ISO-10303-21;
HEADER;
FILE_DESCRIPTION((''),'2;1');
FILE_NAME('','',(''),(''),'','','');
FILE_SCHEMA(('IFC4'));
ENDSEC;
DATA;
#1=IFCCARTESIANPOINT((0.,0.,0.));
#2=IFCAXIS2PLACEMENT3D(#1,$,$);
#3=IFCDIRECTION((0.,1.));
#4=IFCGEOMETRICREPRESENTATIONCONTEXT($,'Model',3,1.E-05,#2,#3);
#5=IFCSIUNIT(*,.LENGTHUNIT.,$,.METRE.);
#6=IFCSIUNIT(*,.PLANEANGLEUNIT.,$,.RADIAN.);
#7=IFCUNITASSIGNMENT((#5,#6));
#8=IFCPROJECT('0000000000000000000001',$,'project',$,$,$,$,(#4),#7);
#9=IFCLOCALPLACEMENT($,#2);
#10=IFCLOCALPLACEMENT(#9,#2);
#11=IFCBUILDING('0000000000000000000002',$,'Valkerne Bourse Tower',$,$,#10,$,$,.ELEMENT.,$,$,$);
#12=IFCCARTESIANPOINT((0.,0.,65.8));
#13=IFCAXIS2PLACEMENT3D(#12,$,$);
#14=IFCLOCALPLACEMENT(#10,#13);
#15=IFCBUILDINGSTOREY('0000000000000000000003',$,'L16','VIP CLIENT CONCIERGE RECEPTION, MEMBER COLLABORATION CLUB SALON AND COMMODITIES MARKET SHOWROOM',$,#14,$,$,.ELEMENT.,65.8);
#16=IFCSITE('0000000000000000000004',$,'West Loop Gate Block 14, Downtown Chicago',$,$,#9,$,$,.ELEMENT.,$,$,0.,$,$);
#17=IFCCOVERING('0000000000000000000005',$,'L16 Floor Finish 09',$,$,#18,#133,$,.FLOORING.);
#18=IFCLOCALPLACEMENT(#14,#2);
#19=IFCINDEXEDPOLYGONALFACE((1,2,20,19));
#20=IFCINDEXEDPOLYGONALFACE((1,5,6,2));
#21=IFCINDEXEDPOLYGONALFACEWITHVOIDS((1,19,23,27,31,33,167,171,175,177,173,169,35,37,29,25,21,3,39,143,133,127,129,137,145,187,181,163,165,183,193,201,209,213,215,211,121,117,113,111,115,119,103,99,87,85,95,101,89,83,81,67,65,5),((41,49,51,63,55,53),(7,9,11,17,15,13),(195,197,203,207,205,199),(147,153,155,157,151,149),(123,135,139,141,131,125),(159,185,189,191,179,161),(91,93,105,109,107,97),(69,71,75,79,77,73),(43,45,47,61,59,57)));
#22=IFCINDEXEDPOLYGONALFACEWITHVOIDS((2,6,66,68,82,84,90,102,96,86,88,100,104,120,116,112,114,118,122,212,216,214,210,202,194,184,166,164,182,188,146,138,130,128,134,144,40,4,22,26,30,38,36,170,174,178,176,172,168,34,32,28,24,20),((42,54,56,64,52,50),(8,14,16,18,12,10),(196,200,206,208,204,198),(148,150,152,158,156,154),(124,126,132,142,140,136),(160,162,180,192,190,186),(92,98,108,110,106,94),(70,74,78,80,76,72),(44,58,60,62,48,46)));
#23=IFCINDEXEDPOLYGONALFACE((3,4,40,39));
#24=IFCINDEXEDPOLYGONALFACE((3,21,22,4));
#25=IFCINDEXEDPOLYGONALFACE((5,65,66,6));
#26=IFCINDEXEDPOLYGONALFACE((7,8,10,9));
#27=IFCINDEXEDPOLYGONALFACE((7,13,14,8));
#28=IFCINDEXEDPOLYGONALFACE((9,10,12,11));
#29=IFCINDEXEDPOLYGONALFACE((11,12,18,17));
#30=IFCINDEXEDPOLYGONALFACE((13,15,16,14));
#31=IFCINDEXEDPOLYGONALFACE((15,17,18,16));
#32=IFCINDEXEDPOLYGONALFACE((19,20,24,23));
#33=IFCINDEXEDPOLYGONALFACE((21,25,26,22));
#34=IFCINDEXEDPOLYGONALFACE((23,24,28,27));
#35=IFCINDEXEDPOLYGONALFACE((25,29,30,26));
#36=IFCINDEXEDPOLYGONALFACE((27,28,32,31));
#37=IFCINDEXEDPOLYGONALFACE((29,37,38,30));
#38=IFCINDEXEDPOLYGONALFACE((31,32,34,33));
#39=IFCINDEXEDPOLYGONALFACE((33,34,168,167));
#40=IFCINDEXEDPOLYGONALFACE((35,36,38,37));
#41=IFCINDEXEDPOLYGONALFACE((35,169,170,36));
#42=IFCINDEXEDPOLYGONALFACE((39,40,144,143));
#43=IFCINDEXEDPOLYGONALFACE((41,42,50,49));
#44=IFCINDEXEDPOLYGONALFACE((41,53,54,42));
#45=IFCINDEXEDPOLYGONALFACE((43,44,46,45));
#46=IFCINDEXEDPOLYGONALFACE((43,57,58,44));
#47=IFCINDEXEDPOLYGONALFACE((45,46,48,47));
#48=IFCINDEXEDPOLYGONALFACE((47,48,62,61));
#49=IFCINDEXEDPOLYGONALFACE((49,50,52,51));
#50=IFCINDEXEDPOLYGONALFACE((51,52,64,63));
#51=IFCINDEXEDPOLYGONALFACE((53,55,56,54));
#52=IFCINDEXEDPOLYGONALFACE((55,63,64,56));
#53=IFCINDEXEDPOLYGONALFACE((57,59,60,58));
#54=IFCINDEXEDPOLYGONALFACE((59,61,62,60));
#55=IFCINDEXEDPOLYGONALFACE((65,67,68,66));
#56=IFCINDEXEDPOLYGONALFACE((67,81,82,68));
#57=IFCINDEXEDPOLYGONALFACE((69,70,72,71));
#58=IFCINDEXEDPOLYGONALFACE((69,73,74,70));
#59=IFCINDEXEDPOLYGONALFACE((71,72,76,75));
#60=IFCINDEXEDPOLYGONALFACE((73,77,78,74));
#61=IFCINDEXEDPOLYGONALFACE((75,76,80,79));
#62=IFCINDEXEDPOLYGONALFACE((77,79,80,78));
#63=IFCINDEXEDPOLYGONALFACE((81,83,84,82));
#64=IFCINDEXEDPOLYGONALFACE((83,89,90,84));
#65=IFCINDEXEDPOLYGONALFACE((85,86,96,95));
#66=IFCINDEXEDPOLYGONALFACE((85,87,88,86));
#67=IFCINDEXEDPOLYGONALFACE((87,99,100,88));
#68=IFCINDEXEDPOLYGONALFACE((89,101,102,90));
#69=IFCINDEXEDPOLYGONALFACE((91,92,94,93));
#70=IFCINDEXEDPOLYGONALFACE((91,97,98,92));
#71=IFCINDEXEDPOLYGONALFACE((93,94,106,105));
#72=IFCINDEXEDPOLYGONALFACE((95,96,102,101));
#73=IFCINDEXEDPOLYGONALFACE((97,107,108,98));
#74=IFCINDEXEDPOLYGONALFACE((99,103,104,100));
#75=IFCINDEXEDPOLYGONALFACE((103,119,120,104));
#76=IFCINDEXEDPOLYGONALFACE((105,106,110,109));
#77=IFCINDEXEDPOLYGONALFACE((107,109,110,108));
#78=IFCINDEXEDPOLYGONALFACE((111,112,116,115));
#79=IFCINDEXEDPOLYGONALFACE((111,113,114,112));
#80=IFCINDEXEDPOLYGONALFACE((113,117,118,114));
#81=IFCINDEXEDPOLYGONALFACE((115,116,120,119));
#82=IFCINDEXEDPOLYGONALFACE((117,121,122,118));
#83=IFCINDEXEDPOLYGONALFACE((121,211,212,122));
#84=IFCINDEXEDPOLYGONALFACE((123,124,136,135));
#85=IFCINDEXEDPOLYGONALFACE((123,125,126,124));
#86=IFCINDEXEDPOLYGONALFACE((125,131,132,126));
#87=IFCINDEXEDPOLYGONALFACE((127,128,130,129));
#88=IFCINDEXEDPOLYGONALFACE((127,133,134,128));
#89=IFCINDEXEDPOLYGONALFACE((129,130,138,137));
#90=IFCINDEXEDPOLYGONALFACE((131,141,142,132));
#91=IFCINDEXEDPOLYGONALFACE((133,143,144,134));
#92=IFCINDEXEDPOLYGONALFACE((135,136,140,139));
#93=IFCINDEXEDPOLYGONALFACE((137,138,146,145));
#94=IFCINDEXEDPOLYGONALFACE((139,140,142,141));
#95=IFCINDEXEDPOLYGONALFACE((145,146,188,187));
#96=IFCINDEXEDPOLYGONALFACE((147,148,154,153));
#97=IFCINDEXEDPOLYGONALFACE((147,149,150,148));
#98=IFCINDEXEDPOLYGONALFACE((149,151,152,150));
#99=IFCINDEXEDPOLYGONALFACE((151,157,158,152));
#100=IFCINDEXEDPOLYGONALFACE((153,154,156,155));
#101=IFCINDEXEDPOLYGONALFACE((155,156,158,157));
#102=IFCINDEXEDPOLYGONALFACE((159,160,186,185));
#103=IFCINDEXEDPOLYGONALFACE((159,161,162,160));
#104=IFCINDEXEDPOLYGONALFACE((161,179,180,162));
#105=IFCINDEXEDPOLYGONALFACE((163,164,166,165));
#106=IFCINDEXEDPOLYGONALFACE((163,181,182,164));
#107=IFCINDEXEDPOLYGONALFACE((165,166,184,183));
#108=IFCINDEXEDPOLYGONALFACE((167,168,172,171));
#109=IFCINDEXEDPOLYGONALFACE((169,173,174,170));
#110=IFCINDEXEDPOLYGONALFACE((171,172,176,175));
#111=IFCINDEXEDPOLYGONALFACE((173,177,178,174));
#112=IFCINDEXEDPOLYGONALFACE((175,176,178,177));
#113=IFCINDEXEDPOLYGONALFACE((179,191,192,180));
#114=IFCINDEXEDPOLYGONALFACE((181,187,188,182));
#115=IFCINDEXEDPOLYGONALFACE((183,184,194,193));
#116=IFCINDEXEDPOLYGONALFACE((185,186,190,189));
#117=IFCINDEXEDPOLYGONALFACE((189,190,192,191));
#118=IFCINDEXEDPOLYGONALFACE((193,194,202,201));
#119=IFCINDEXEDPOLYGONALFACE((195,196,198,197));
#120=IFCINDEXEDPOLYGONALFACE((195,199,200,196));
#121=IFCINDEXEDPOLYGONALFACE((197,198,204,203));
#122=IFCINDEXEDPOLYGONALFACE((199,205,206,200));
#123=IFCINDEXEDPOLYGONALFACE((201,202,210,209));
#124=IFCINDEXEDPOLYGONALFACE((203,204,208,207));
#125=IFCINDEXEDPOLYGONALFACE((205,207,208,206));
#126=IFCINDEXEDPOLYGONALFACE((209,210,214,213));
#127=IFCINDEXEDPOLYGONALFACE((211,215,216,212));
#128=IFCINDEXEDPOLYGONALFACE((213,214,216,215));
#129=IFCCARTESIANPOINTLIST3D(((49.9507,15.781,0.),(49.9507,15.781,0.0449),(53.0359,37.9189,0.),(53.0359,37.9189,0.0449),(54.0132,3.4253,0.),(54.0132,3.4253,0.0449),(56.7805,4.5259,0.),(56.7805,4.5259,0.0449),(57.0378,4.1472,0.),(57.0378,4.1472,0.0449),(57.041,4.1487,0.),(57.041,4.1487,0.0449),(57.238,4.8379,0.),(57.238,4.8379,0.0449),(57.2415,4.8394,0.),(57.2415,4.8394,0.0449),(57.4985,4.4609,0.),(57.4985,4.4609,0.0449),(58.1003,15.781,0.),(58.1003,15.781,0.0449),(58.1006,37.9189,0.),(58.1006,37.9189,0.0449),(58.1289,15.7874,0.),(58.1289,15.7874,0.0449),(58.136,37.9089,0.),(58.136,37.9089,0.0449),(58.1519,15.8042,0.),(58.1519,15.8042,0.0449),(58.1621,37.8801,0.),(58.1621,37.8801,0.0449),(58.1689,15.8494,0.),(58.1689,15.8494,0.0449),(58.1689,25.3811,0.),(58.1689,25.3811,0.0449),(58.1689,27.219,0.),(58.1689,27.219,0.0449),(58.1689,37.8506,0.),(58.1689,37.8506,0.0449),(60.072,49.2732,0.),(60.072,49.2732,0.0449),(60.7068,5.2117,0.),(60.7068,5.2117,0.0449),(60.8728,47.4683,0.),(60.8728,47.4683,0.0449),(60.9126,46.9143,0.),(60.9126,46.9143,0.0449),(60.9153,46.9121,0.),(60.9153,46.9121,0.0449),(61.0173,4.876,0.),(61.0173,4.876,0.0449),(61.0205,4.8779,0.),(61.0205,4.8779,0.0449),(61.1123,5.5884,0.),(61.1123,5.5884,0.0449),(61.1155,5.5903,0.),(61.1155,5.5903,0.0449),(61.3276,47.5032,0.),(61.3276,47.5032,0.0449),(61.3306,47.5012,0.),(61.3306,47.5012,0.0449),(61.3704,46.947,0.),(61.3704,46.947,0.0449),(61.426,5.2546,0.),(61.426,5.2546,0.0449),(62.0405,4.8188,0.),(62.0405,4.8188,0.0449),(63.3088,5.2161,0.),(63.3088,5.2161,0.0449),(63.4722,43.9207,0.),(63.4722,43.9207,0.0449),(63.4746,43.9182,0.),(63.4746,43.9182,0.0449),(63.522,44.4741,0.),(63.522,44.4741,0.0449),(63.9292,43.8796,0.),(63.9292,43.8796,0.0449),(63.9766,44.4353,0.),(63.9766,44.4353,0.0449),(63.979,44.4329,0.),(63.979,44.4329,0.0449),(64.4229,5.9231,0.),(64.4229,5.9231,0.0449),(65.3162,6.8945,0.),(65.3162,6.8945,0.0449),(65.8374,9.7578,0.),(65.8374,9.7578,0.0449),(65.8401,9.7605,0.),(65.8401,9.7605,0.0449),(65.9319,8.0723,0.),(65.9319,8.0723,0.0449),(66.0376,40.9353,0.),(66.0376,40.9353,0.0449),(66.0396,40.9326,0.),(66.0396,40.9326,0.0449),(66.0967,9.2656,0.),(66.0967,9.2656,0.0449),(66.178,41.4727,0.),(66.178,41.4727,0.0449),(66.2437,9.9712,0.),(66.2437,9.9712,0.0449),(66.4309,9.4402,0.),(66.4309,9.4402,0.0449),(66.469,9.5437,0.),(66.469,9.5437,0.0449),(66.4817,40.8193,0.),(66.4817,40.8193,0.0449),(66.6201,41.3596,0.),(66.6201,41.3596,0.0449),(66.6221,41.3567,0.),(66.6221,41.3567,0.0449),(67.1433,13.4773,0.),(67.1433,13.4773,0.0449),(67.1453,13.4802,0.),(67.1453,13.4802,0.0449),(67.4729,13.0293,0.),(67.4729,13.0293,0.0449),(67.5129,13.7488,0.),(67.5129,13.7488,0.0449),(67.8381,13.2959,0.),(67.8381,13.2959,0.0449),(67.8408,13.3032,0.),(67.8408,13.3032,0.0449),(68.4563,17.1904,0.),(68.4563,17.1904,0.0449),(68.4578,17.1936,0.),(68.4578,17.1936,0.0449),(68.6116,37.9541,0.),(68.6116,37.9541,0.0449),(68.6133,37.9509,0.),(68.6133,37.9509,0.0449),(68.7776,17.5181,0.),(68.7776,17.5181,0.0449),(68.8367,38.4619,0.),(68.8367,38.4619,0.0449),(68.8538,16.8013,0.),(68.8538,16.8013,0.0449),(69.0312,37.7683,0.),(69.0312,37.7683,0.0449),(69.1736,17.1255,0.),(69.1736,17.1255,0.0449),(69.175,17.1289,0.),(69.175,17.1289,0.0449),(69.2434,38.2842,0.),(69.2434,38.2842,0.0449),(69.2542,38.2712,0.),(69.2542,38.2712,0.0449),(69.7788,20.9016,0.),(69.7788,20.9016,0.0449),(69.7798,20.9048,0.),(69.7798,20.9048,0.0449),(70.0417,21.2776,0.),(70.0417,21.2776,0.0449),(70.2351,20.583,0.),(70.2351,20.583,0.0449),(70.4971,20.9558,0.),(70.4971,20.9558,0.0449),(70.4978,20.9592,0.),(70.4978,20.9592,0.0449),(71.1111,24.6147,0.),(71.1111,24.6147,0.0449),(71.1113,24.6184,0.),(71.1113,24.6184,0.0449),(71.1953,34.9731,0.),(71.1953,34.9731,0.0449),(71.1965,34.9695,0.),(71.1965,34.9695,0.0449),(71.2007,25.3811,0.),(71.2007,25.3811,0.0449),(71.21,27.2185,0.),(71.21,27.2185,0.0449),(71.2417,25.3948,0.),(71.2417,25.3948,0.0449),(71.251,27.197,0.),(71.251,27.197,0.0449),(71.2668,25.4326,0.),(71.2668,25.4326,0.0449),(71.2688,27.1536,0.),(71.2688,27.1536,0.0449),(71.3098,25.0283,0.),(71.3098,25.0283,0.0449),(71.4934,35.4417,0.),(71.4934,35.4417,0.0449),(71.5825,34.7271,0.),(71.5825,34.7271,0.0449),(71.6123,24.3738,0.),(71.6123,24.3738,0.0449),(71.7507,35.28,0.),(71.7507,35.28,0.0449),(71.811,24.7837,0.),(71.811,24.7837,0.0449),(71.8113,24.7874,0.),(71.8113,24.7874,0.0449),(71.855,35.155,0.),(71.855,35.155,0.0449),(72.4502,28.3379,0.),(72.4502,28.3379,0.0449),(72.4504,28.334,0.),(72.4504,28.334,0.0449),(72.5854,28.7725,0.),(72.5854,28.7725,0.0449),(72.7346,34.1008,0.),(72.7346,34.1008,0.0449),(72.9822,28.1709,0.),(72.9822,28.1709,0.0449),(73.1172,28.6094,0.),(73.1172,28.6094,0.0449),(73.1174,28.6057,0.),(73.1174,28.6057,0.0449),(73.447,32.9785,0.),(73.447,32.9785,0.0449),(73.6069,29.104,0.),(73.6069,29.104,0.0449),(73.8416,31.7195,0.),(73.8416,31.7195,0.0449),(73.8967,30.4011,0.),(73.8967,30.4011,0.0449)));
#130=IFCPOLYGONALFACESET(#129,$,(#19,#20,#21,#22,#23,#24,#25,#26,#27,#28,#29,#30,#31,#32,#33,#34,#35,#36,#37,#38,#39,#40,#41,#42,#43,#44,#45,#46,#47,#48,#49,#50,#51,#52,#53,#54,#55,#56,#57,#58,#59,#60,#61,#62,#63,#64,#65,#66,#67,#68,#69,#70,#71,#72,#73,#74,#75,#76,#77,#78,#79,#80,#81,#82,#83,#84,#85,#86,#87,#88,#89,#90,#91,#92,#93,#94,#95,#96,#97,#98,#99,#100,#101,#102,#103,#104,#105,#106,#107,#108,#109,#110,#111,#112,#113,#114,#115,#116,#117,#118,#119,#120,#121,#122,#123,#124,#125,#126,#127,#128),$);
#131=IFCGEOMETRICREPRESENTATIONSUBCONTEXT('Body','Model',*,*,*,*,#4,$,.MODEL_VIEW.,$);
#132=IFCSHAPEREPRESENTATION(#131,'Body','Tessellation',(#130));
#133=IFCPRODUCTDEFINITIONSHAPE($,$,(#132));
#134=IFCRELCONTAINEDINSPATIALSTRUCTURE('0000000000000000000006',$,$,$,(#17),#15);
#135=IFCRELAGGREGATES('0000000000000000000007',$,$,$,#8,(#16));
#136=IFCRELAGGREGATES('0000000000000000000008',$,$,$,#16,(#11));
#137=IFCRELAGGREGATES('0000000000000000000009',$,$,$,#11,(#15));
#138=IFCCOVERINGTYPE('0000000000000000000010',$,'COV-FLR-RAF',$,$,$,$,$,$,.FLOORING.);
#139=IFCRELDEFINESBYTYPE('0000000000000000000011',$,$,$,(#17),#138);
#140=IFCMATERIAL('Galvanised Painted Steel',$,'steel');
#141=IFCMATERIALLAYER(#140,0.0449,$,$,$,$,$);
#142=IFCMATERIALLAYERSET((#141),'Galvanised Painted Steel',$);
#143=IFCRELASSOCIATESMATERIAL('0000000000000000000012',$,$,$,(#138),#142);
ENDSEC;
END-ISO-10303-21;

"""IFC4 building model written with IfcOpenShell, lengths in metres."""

from ifc_helpers import new_model, si_unit, direction, frame, origin, place, context, subcontext, project, spatial, polyline, outline, extrude, material, layer, layer_set, type_object, element, save


model = new_model("IFC4")

# Units and contexts
model_context = context("Model", 3, precision=1e-05, world=origin(), true_north=direction((0.0, 1.0)))
body_context = subcontext(model_context, "Body", "Model", "MODEL_VIEW")
ifc_project = project(units=[si_unit("LENGTHUNIT", "METRE"), si_unit("PLANEANGLEUNIT", "RADIAN")], contexts=[model_context])

# Site, building, storey
site_placement = place(None, origin())
site = spatial("IfcSite", under=ifc_project, at=site_placement, Name="West Loop Gate Block 14, Downtown Chicago", CompositionType="ELEMENT", RefElevation=0.0)
building_placement = place(site_placement, origin())
building = spatial("IfcBuilding", under=site, at=building_placement, Name="Valkerne Bourse Tower", CompositionType="ELEMENT")
storey_placement = place(building_placement, frame((0.0, 0.0, 65.8)))
storey = spatial("IfcBuildingStorey", under=building, at=storey_placement, Name="L16", Description="VIP CLIENT CONCIERGE RECEPTION, MEMBER COLLABORATION CLUB SALON AND COMMODITIES MARKET SHOWROOM", CompositionType="ELEMENT", Elevation=65.8)

# Covering
ifc_material_1 = material(Name="Galvanised Painted Steel", Category="steel")
ifc_layer_1 = layer(ifc_material_1, 0.0449)
ifc_layer_set_1 = layer_set([ifc_layer_1], Name="Galvanised Painted Steel")
covering_type_1 = type_object("IfcCoveringType", Name="COV-FLR-RAF", PredefinedType="FLOORING", material=ifc_layer_set_1)
covering_1_placement = place(storey_placement, origin())
element("IfcCovering", 1, at=covering_1_placement, inside=storey, type_object=covering_type_1, Name="L16 Floor Finish 09", PredefinedType="FLOORING", context=body_context, shape_type="SweptSolid", body=[
    extrude(outline(polyline([(63.3088, 5.2161), (62.0405, 4.8188), (54.0132, 3.4253), (49.9507, 15.781), (58.1003, 15.781), (58.1289, 15.7874), (58.1519, 15.8042), (58.1689, 15.8494), (58.1689, 25.3811), (71.2007, 25.3811), (71.2417, 25.3948), (71.2668, 25.4326), (71.2688, 27.1536), (71.251, 27.197), (71.21, 27.2185), (58.1689, 27.219), (58.1689, 37.8506), (58.1621, 37.8801), (58.136, 37.9089), (58.1006, 37.9189), (53.0359, 37.9189), (60.072, 49.2732), (69.2434, 38.2842), (68.8367, 38.4619), (68.6116, 37.9541), (68.6133, 37.9509), (69.0312, 37.7683), (69.2542, 38.2712), (71.7507, 35.28), (71.4934, 35.4417), (71.1953, 34.9731), (71.1965, 34.9695), (71.5825, 34.7271), (71.855, 35.155), (72.7346, 34.1008), (73.447, 32.9785), (73.8416, 31.7195), (73.8967, 30.4011), (73.6069, 29.104), (67.8408, 13.3032), (67.5129, 13.7488), (67.1453, 13.4802), (67.1433, 13.4773), (67.4729, 13.0293), (67.8381, 13.2959), (66.469, 9.5437), (66.2437, 9.9712), (65.8401, 9.7605), (65.8374, 9.7578), (66.0967, 9.2656), (66.4309, 9.4402), (65.9319, 8.0723), (65.3162, 6.8945), (64.4229, 5.9231), (63.3088, 5.2161)]), holes=[polyline([(57.4985, 4.4609), (57.2415, 4.8394), (57.238, 4.8379), (56.7805, 4.5259), (57.0378, 4.1472), (57.041, 4.1487), (57.4985, 4.4609)]), polyline([(61.0205, 4.8779), (61.426, 5.2546), (61.1155, 5.5903), (61.1123, 5.5884), (60.7068, 5.2117), (61.0173, 4.876), (61.0205, 4.8779)]), polyline([(69.1736, 17.1255), (69.175, 17.1289), (68.7776, 17.5181), (68.4578, 17.1936), (68.4563, 17.1904), (68.8538, 16.8013), (69.1736, 17.1255)]), polyline([(70.4971, 20.9558), (70.4978, 20.9592), (70.0417, 21.2776), (69.7798, 20.9048), (69.7788, 20.9016), (70.2351, 20.583), (70.4971, 20.9558)]), polyline([(71.8113, 24.7874), (71.3098, 25.0283), (71.1113, 24.6184), (71.1111, 24.6147), (71.6123, 24.3738), (71.811, 24.7837), (71.8113, 24.7874)]), polyline([(73.1174, 28.6057), (73.1172, 28.6094), (72.5854, 28.7725), (72.4502, 28.3379), (72.4504, 28.334), (72.9822, 28.1709), (73.1174, 28.6057)]), polyline([(66.6221, 41.3567), (66.6201, 41.3596), (66.178, 41.4727), (66.0376, 40.9353), (66.0396, 40.9326), (66.4817, 40.8193), (66.6221, 41.3567)]), polyline([(63.979, 44.4329), (63.9766, 44.4353), (63.522, 44.4741), (63.4722, 43.9207), (63.4746, 43.9182), (63.9292, 43.8796), (63.979, 44.4329)]), polyline([(61.3306, 47.5012), (61.3276, 47.5032), (60.8728, 47.4683), (60.9126, 46.9143), (60.9153, 46.9121), (61.3704, 46.947), (61.3306, 47.5012)])]), origin(), (0.0, 0.0, 1.0), 0.0449),
])

save(model, "model.ifc")
